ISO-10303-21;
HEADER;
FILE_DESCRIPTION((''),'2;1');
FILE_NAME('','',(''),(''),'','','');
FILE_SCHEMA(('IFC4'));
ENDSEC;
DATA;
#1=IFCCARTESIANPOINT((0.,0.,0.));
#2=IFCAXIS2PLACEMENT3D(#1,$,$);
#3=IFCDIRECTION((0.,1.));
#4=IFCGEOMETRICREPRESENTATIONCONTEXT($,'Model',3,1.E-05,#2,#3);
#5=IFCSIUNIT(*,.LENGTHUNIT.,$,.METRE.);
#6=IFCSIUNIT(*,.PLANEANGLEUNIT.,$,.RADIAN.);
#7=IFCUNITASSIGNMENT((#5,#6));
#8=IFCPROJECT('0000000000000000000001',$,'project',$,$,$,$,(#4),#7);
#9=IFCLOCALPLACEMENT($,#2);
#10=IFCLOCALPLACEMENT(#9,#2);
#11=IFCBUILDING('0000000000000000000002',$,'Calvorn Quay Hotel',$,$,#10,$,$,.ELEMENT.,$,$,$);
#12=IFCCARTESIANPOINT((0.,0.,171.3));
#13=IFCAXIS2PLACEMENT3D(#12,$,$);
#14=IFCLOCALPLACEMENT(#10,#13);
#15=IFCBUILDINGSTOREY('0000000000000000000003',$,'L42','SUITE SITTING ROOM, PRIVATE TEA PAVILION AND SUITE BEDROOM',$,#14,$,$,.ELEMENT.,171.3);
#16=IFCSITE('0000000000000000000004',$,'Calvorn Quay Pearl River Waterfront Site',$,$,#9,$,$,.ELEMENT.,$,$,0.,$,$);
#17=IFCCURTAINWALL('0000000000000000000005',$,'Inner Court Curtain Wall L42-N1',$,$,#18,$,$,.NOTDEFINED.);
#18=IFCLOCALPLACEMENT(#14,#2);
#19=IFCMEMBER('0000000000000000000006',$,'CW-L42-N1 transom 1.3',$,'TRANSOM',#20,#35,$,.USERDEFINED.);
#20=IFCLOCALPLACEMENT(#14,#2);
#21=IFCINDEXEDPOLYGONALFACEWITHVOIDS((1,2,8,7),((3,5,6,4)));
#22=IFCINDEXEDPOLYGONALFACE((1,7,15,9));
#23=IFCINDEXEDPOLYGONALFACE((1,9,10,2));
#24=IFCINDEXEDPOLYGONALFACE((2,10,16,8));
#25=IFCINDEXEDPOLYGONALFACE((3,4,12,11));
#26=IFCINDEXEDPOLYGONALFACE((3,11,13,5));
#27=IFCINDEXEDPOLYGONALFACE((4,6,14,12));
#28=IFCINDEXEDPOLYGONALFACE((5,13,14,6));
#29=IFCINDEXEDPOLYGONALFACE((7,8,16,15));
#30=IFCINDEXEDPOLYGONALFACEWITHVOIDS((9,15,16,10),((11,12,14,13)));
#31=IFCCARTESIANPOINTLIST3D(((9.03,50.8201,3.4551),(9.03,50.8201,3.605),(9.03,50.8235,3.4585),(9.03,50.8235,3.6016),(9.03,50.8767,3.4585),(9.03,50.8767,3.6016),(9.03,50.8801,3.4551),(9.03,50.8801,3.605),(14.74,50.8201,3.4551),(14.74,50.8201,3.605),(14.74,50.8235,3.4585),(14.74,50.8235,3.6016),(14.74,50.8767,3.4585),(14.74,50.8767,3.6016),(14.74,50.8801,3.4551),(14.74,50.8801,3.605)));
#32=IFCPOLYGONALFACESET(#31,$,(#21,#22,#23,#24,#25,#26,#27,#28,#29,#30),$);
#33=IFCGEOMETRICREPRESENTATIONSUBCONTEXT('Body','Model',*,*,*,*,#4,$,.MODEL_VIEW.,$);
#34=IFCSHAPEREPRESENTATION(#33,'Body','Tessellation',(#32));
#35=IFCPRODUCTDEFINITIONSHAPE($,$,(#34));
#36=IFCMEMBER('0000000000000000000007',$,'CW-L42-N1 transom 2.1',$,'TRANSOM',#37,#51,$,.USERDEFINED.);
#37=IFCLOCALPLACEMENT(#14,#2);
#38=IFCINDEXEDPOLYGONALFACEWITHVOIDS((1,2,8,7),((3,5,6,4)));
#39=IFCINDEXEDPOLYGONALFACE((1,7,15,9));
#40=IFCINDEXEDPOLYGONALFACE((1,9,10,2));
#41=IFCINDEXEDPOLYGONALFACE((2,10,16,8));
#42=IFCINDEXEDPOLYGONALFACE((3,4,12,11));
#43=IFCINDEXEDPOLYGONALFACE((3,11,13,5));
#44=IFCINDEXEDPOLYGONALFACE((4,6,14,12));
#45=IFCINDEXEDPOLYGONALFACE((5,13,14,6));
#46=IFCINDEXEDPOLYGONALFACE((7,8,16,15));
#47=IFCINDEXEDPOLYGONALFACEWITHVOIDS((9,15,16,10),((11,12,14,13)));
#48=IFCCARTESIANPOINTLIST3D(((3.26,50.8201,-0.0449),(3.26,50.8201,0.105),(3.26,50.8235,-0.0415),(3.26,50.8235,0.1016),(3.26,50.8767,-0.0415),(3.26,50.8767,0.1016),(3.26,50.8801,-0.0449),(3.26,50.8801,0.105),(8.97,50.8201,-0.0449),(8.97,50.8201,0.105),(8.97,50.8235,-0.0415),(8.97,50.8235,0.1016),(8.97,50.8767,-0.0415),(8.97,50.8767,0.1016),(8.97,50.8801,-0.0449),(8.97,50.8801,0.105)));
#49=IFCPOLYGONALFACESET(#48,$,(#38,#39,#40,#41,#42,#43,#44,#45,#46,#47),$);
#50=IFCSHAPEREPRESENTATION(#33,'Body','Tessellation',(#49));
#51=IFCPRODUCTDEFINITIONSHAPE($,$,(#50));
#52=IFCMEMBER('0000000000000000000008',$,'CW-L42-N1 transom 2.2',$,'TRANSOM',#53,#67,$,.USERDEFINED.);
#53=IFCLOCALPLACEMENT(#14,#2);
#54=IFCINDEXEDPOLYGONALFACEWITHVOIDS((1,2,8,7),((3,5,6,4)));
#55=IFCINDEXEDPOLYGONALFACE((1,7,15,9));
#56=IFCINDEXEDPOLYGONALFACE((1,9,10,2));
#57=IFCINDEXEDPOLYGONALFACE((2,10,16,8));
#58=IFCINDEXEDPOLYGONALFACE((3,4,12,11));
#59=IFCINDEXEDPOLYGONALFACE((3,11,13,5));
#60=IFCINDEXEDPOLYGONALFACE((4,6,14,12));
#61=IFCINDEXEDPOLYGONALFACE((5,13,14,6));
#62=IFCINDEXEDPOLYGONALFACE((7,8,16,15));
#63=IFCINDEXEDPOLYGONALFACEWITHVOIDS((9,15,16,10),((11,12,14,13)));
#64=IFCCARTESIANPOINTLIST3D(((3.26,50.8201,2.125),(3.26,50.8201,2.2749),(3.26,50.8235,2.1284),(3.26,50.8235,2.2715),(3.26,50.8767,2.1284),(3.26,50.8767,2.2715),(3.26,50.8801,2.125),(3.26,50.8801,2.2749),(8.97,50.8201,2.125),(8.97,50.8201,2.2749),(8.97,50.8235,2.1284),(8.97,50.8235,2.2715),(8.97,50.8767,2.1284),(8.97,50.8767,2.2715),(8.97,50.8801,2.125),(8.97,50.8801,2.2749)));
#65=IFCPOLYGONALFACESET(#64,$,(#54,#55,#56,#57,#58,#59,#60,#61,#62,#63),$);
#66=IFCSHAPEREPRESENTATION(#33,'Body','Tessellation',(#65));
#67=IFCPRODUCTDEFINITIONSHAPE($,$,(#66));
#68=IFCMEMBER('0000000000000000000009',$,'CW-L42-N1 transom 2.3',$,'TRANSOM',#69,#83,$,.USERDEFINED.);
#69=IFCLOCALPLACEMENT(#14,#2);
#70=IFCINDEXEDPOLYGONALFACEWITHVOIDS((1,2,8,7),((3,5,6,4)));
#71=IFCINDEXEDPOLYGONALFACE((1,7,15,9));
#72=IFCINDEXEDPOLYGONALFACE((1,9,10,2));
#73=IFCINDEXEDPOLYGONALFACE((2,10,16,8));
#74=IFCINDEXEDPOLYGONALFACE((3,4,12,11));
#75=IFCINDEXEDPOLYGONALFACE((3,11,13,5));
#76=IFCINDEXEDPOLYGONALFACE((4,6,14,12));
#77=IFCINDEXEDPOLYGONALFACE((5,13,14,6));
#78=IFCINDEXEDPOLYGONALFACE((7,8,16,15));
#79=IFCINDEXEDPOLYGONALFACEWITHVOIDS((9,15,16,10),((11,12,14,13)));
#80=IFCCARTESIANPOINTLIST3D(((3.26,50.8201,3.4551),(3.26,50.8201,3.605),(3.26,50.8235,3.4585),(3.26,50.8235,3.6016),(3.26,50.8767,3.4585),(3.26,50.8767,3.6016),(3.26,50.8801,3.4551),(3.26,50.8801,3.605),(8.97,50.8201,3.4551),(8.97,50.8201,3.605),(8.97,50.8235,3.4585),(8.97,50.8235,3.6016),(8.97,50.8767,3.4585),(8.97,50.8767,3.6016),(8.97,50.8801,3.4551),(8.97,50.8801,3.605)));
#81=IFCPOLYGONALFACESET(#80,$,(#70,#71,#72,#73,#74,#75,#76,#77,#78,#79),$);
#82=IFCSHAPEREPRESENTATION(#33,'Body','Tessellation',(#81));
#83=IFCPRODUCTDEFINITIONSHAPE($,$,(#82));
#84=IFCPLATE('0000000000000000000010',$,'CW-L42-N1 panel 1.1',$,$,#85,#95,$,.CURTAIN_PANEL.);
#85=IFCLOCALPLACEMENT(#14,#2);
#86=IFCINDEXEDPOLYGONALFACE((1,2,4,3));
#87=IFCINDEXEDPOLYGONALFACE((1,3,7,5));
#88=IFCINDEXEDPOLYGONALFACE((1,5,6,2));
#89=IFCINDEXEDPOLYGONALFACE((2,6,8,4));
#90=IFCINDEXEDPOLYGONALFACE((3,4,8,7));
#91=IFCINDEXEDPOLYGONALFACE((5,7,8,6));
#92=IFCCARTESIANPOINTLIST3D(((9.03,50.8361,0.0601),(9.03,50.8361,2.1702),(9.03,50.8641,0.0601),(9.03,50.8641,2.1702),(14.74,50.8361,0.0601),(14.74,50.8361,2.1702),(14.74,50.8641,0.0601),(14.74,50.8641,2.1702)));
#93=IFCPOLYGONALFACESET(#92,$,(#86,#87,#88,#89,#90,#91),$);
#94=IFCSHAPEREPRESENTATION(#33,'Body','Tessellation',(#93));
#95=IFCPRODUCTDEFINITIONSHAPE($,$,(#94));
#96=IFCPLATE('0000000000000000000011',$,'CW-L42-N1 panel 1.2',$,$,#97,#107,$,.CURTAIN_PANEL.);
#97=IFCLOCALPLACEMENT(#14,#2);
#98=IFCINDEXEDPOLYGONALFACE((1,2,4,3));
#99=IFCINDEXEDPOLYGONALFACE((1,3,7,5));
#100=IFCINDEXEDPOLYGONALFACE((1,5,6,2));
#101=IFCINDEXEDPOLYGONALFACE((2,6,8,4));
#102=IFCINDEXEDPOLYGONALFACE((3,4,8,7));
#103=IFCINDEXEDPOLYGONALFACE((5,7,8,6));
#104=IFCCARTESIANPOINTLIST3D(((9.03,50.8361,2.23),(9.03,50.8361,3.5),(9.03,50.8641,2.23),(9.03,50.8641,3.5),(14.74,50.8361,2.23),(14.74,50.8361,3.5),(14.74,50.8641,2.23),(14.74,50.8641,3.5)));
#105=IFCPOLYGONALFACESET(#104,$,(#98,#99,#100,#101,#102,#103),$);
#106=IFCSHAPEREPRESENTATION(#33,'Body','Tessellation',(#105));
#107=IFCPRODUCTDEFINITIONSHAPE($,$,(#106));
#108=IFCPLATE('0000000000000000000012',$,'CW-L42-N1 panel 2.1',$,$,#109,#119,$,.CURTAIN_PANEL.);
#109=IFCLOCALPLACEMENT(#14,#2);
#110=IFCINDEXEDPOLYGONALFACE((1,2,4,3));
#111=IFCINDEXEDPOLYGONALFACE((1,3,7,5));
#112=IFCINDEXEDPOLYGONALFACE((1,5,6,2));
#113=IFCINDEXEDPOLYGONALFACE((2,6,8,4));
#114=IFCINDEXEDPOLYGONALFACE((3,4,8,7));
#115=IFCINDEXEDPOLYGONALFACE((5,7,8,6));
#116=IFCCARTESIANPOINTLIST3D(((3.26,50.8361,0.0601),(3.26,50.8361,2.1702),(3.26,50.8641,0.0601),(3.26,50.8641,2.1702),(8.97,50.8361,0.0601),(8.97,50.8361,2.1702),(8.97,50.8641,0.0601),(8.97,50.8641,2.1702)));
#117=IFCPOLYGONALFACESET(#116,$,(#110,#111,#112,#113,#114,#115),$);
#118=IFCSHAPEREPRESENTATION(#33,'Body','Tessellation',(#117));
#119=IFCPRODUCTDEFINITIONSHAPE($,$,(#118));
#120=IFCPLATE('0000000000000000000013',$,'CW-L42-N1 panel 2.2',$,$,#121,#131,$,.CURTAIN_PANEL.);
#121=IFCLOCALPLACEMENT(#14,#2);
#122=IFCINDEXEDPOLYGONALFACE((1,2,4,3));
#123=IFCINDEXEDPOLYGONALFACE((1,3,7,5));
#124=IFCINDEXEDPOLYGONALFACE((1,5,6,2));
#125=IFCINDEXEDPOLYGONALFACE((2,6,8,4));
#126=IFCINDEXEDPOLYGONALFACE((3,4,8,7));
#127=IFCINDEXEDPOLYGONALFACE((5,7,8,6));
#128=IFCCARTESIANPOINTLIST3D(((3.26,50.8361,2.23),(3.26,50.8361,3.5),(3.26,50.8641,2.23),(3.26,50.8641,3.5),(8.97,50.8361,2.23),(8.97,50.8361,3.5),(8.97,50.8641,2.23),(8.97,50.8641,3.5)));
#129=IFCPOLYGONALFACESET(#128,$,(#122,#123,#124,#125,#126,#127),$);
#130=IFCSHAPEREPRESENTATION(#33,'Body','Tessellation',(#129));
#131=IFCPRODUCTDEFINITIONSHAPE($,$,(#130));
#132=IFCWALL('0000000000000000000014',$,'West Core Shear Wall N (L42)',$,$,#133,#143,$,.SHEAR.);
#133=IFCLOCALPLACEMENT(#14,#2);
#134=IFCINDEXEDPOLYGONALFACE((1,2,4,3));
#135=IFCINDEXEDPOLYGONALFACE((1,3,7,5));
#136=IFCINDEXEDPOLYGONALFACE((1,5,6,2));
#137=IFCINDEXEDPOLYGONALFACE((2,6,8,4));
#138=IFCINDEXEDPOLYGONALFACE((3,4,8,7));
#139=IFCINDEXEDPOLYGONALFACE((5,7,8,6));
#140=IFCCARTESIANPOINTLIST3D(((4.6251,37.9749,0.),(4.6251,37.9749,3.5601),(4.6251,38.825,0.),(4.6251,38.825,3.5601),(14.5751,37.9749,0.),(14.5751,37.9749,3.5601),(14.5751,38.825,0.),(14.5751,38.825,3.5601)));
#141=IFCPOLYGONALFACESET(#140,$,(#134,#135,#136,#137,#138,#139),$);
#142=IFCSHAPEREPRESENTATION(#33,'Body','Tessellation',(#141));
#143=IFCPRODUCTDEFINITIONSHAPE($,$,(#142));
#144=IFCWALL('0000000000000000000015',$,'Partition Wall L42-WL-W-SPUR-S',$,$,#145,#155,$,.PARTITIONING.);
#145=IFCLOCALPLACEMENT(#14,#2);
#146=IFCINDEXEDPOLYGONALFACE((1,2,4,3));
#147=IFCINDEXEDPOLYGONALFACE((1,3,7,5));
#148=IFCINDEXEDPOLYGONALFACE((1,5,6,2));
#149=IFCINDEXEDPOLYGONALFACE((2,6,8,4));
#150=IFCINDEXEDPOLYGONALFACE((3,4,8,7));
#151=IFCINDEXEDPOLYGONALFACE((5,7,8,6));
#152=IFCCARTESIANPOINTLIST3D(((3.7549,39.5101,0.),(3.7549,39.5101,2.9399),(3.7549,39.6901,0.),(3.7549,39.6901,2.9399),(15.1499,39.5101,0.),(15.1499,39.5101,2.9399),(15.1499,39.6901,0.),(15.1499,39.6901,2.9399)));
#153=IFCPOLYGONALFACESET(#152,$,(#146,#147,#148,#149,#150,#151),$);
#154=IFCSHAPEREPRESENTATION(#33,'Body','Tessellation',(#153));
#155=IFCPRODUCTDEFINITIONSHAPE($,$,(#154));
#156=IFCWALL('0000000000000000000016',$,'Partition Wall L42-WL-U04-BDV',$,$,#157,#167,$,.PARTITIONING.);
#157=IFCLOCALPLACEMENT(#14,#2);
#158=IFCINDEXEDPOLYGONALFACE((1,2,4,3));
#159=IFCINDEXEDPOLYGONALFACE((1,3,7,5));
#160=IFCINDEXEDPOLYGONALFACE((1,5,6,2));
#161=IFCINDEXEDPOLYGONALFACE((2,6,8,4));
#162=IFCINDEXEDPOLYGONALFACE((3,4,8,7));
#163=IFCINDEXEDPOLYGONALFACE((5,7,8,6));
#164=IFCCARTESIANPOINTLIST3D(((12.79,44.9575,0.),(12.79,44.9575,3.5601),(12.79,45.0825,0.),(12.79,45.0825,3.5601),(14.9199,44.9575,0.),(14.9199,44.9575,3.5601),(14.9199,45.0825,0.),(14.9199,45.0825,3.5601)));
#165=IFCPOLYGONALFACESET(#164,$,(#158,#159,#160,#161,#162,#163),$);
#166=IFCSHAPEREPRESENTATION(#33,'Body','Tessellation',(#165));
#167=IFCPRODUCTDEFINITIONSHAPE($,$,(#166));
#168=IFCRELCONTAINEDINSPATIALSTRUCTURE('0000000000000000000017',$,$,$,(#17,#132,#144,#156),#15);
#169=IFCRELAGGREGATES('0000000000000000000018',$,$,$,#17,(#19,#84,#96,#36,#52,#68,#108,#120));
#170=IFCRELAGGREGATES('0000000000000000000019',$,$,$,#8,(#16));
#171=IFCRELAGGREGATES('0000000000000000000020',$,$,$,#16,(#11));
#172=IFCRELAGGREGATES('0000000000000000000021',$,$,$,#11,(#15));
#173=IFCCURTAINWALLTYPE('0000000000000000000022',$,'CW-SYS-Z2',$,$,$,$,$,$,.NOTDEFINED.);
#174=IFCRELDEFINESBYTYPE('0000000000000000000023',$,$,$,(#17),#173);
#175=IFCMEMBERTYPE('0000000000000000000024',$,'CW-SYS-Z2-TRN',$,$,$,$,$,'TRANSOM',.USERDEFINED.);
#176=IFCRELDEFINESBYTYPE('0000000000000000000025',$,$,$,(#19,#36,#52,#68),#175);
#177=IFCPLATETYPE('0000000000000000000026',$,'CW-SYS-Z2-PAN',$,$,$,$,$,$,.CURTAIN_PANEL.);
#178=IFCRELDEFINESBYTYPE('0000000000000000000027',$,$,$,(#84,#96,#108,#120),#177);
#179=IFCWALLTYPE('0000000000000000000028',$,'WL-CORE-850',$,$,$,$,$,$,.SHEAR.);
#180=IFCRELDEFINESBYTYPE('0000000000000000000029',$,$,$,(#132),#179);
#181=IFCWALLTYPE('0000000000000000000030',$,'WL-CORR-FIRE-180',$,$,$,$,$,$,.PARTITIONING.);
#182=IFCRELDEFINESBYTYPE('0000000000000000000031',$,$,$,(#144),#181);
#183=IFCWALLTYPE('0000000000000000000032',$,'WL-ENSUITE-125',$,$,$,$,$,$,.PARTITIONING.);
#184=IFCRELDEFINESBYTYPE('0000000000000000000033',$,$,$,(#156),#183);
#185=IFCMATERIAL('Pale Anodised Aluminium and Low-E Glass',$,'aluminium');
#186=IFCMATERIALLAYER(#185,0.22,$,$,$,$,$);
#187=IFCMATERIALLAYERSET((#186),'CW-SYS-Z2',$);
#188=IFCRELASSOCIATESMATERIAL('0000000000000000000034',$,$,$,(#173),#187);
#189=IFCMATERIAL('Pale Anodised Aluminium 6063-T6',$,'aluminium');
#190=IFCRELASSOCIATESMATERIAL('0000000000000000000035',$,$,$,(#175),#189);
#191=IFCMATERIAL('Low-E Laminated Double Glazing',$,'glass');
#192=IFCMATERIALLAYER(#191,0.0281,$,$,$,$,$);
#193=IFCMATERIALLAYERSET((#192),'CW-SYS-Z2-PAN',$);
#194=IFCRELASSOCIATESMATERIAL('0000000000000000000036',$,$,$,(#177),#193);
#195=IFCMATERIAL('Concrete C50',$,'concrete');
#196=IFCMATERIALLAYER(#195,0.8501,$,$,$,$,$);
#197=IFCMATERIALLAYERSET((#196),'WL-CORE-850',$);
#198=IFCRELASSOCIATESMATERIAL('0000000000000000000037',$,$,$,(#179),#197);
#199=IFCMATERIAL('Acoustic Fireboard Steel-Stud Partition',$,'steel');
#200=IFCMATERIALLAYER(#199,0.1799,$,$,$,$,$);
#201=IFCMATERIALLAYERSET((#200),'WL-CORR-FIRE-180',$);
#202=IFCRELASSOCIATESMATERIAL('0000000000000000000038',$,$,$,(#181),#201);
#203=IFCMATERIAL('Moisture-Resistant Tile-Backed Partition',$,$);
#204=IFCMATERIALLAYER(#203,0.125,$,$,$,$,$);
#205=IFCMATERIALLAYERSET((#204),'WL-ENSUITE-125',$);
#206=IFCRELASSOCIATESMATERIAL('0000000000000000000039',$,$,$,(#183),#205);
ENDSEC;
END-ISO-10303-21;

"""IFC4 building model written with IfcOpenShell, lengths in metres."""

from ifc_helpers import new_model, si_unit, direction, frame, frame_2d, origin, origin_2d, place, context, subcontext, project, spatial, rectangle, hollow_rectangle, extrude, material, layer, layer_set, material_profile, profile_set, type_object, element, aggregate, save


model = new_model("IFC4")

# Units and contexts
model_context = context("Model", 3, precision=1e-05, world=origin(), true_north=direction((0.0, 1.0)))
body_context = subcontext(model_context, "Body", "Model", "MODEL_VIEW")
ifc_project = project(units=[si_unit("LENGTHUNIT", "METRE"), si_unit("PLANEANGLEUNIT", "RADIAN")], contexts=[model_context])

# Site, building, storey
site_placement = place(None, origin())
site = spatial("IfcSite", under=ifc_project, at=site_placement, Name="Calvorn Quay Pearl River Waterfront Site", CompositionType="ELEMENT", RefElevation=0.0)
building_placement = place(site_placement, origin())
building = spatial("IfcBuilding", under=site, at=building_placement, Name="Calvorn Quay Hotel", CompositionType="ELEMENT")
storey_placement = place(building_placement, frame((0.0, 0.0, 171.3)))
storey = spatial("IfcBuildingStorey", under=building, at=storey_placement, Name="L42", Description="SUITE SITTING ROOM, PRIVATE TEA PAVILION AND SUITE BEDROOM", CompositionType="ELEMENT", Elevation=171.3)

# Curtain wall, members, plates
ifc_material_1 = material(Name="Pale Anodised Aluminium and Low-E Glass", Category="aluminium")
ifc_layer_1 = layer(ifc_material_1, 0.22)
ifc_layer_set_1 = layer_set([ifc_layer_1], Name="CW-SYS-Z2")
curtain_wall_type = type_object("IfcCurtainWallType", Name="CW-SYS-Z2", PredefinedType="NOTDEFINED", material=ifc_layer_set_1)
curtain_wall_placement = place(storey_placement, origin())
curtain_wall = element("IfcCurtainWall", 1, at=curtain_wall_placement, inside=storey, type_object=curtain_wall_type, Name="Inner Court Curtain Wall L42-N1", PredefinedType="NOTDEFINED")
ifc_material_2 = material(Name="Pale Anodised Aluminium 6063-T6", Category="aluminium")
ifc_material_profile_1 = material_profile(ifc_material_2, hollow_rectangle(XDim=0.0601, YDim=0.1499, WallThickness=0.0034, at=origin_2d()), Name="ALU-T150x60x3.5")
ifc_profile_set_1 = profile_set([ifc_material_profile_1], Name="Pale Anodised Aluminium 6063-T6")
member_type_1 = type_object("IfcMemberType", Name="CW-SYS-Z2-TRN", ElementType="TRANSOM", PredefinedType="USERDEFINED", material=ifc_profile_set_1)
member_1_placement = place(storey_placement, frame((14.74, 50.8501, 3.53), z_axis=(-1.0, 0.0, 0.0), x_axis=(0.0, -1.0, 0.0)))
member_1 = element("IfcMember", 2, at=member_1_placement, type_object=member_type_1, Name="CW-L42-N1 transom 1.3", ObjectType="TRANSOM", PredefinedType="USERDEFINED", context=body_context, shape_type="SweptSolid", body=[
    extrude(hollow_rectangle(XDim=0.0601, YDim=0.1499, WallThickness=0.0034, at=origin_2d()), origin(), (0.0, 0.0, 1.0), 5.71),
])
member_2_placement = place(storey_placement, frame((8.97, 50.8501, 0.03), z_axis=(-1.0, 0.0, 0.0), x_axis=(0.0, -1.0, 0.0)))
member_2 = element("IfcMember", 3, at=member_2_placement, type_object=member_type_1, Name="CW-L42-N1 transom 2.1", ObjectType="TRANSOM", PredefinedType="USERDEFINED", context=body_context, shape_type="SweptSolid", body=[
    extrude(hollow_rectangle(XDim=0.0601, YDim=0.1499, WallThickness=0.0034, at=origin_2d()), origin(), (0.0, 0.0, 1.0), 5.71),
])
member_3_placement = place(storey_placement, frame((8.97, 50.8501, 2.2), z_axis=(-1.0, 0.0, 0.0), x_axis=(0.0, -1.0, 0.0)))
member_3 = element("IfcMember", 4, at=member_3_placement, type_object=member_type_1, Name="CW-L42-N1 transom 2.2", ObjectType="TRANSOM", PredefinedType="USERDEFINED", context=body_context, shape_type="SweptSolid", body=[
    extrude(hollow_rectangle(XDim=0.0601, YDim=0.1499, WallThickness=0.0034, at=origin_2d()), origin(), (0.0, 0.0, 1.0), 5.71),
])
member_4_placement = place(storey_placement, frame((8.97, 50.8501, 3.53), z_axis=(-1.0, 0.0, 0.0), x_axis=(0.0, -1.0, 0.0)))
member_4 = element("IfcMember", 5, at=member_4_placement, type_object=member_type_1, Name="CW-L42-N1 transom 2.3", ObjectType="TRANSOM", PredefinedType="USERDEFINED", context=body_context, shape_type="SweptSolid", body=[
    extrude(hollow_rectangle(XDim=0.0601, YDim=0.1499, WallThickness=0.0034, at=origin_2d()), origin(), (0.0, 0.0, 1.0), 5.71),
])
ifc_material_3 = material(Name="Low-E Laminated Double Glazing", Category="glass")
ifc_layer_2 = layer(ifc_material_3, 0.0281)
ifc_layer_set_2 = layer_set([ifc_layer_2], Name="CW-SYS-Z2-PAN")
plate_type = type_object("IfcPlateType", Name="CW-SYS-Z2-PAN", PredefinedType="CURTAIN_PANEL", material=ifc_layer_set_2)
plate_1_placement = place(storey_placement, frame((11.885, 50.8501, 0.0601), z_axis=(0.0, 0.0, 1.0), x_axis=(-1.0, 0.0, 0.0)))
plate_1 = element("IfcPlate", 6, at=plate_1_placement, type_object=plate_type, Name="CW-L42-N1 panel 1.1", PredefinedType="CURTAIN_PANEL", context=body_context, shape_type="SweptSolid", body=[
    extrude(rectangle(XDim=5.71, YDim=0.0281, at=origin_2d()), origin(), (0.0, 0.0, 1.0), 2.1101),
])
plate_2_placement = place(storey_placement, frame((11.885, 50.8501, 2.23), z_axis=(0.0, 0.0, 1.0), x_axis=(-1.0, 0.0, 0.0)))
plate_2 = element("IfcPlate", 7, at=plate_2_placement, type_object=plate_type, Name="CW-L42-N1 panel 1.2", PredefinedType="CURTAIN_PANEL", context=body_context, shape_type="SweptSolid", body=[
    extrude(rectangle(XDim=5.71, YDim=0.0281, at=origin_2d()), origin(), (0.0, 0.0, 1.0), 1.27),
])
plate_3_placement = place(storey_placement, frame((6.115, 50.8501, 0.0601), z_axis=(0.0, 0.0, 1.0), x_axis=(-1.0, 0.0, 0.0)))
plate_3 = element("IfcPlate", 8, at=plate_3_placement, type_object=plate_type, Name="CW-L42-N1 panel 2.1", PredefinedType="CURTAIN_PANEL", context=body_context, shape_type="SweptSolid", body=[
    extrude(rectangle(XDim=5.71, YDim=0.0281, at=origin_2d()), origin(), (0.0, 0.0, 1.0), 2.1101),
])
plate_4_placement = place(storey_placement, frame((6.115, 50.8501, 2.23), z_axis=(0.0, 0.0, 1.0), x_axis=(-1.0, 0.0, 0.0)))
plate_4 = element("IfcPlate", 9, at=plate_4_placement, type_object=plate_type, Name="CW-L42-N1 panel 2.2", PredefinedType="CURTAIN_PANEL", context=body_context, shape_type="SweptSolid", body=[
    extrude(rectangle(XDim=5.71, YDim=0.0281, at=origin_2d()), origin(), (0.0, 0.0, 1.0), 1.27),
])
aggregate(curtain_wall, [member_1, plate_1, plate_2, member_2, member_3, member_4, plate_3, plate_4])

# Walls
ifc_material_4 = material(Name="Concrete C50", Category="concrete")
ifc_layer_3 = layer(ifc_material_4, 0.8501)
ifc_layer_set_3 = layer_set([ifc_layer_3], Name="WL-CORE-850")
wall_type_1 = type_object("IfcWallType", Name="WL-CORE-850", PredefinedType="SHEAR", material=ifc_layer_set_3)
wall_1_placement = place(storey_placement, frame((4.625, 38.3999, 0.0), z_axis=(0.0, 0.0, 1.0), x_axis=(1.0, 0.0, 0.0)))
element("IfcWall", 10, at=wall_1_placement, inside=storey, type_object=wall_type_1, Name="West Core Shear Wall N (L42)", PredefinedType="SHEAR", context=body_context, shape_type="SweptSolid", body=[
    extrude(rectangle(XDim=9.95, YDim=0.8501, at=frame_2d((4.9751, 0.0))), origin(), (0.0, 0.0, 1.0), 3.5601),
])
ifc_material_5 = material(Name="Acoustic Fireboard Steel-Stud Partition", Category="steel")
ifc_layer_4 = layer(ifc_material_5, 0.1799)
ifc_layer_set_4 = layer_set([ifc_layer_4], Name="WL-CORR-FIRE-180")
wall_type_2 = type_object("IfcWallType", Name="WL-CORR-FIRE-180", PredefinedType="PARTITIONING", material=ifc_layer_set_4)
wall_2_placement = place(storey_placement, frame((3.7549, 39.6001, 0.0), z_axis=(0.0, 0.0, 1.0), x_axis=(1.0, 0.0, 0.0)))
element("IfcWall", 11, at=wall_2_placement, inside=storey, type_object=wall_type_2, Name="Partition Wall L42-WL-W-SPUR-S", PredefinedType="PARTITIONING", context=body_context, shape_type="SweptSolid", body=[
    extrude(rectangle(XDim=11.395, YDim=0.1799, at=frame_2d((5.6975, 0.0))), origin(), (0.0, 0.0, 1.0), 2.9399),
])
ifc_material_6 = material(Name="Moisture-Resistant Tile-Backed Partition")
ifc_layer_5 = layer(ifc_material_6, 0.125)
ifc_layer_set_5 = layer_set([ifc_layer_5], Name="WL-ENSUITE-125")
wall_type_3 = type_object("IfcWallType", Name="WL-ENSUITE-125", PredefinedType="PARTITIONING", material=ifc_layer_set_5)
wall_3_placement = place(storey_placement, frame((12.79, 45.02, 0.0), z_axis=(0.0, 0.0, 1.0), x_axis=(1.0, 0.0, 0.0)))
element("IfcWall", 12, at=wall_3_placement, inside=storey, type_object=wall_type_3, Name="Partition Wall L42-WL-U04-BDV", PredefinedType="PARTITIONING", context=body_context, shape_type="SweptSolid", body=[
    extrude(rectangle(XDim=2.1299, YDim=0.125, at=frame_2d((1.0649, 0.0))), origin(), (0.0, 0.0, 1.0), 3.5601),
])

save(model, "model.ifc")
